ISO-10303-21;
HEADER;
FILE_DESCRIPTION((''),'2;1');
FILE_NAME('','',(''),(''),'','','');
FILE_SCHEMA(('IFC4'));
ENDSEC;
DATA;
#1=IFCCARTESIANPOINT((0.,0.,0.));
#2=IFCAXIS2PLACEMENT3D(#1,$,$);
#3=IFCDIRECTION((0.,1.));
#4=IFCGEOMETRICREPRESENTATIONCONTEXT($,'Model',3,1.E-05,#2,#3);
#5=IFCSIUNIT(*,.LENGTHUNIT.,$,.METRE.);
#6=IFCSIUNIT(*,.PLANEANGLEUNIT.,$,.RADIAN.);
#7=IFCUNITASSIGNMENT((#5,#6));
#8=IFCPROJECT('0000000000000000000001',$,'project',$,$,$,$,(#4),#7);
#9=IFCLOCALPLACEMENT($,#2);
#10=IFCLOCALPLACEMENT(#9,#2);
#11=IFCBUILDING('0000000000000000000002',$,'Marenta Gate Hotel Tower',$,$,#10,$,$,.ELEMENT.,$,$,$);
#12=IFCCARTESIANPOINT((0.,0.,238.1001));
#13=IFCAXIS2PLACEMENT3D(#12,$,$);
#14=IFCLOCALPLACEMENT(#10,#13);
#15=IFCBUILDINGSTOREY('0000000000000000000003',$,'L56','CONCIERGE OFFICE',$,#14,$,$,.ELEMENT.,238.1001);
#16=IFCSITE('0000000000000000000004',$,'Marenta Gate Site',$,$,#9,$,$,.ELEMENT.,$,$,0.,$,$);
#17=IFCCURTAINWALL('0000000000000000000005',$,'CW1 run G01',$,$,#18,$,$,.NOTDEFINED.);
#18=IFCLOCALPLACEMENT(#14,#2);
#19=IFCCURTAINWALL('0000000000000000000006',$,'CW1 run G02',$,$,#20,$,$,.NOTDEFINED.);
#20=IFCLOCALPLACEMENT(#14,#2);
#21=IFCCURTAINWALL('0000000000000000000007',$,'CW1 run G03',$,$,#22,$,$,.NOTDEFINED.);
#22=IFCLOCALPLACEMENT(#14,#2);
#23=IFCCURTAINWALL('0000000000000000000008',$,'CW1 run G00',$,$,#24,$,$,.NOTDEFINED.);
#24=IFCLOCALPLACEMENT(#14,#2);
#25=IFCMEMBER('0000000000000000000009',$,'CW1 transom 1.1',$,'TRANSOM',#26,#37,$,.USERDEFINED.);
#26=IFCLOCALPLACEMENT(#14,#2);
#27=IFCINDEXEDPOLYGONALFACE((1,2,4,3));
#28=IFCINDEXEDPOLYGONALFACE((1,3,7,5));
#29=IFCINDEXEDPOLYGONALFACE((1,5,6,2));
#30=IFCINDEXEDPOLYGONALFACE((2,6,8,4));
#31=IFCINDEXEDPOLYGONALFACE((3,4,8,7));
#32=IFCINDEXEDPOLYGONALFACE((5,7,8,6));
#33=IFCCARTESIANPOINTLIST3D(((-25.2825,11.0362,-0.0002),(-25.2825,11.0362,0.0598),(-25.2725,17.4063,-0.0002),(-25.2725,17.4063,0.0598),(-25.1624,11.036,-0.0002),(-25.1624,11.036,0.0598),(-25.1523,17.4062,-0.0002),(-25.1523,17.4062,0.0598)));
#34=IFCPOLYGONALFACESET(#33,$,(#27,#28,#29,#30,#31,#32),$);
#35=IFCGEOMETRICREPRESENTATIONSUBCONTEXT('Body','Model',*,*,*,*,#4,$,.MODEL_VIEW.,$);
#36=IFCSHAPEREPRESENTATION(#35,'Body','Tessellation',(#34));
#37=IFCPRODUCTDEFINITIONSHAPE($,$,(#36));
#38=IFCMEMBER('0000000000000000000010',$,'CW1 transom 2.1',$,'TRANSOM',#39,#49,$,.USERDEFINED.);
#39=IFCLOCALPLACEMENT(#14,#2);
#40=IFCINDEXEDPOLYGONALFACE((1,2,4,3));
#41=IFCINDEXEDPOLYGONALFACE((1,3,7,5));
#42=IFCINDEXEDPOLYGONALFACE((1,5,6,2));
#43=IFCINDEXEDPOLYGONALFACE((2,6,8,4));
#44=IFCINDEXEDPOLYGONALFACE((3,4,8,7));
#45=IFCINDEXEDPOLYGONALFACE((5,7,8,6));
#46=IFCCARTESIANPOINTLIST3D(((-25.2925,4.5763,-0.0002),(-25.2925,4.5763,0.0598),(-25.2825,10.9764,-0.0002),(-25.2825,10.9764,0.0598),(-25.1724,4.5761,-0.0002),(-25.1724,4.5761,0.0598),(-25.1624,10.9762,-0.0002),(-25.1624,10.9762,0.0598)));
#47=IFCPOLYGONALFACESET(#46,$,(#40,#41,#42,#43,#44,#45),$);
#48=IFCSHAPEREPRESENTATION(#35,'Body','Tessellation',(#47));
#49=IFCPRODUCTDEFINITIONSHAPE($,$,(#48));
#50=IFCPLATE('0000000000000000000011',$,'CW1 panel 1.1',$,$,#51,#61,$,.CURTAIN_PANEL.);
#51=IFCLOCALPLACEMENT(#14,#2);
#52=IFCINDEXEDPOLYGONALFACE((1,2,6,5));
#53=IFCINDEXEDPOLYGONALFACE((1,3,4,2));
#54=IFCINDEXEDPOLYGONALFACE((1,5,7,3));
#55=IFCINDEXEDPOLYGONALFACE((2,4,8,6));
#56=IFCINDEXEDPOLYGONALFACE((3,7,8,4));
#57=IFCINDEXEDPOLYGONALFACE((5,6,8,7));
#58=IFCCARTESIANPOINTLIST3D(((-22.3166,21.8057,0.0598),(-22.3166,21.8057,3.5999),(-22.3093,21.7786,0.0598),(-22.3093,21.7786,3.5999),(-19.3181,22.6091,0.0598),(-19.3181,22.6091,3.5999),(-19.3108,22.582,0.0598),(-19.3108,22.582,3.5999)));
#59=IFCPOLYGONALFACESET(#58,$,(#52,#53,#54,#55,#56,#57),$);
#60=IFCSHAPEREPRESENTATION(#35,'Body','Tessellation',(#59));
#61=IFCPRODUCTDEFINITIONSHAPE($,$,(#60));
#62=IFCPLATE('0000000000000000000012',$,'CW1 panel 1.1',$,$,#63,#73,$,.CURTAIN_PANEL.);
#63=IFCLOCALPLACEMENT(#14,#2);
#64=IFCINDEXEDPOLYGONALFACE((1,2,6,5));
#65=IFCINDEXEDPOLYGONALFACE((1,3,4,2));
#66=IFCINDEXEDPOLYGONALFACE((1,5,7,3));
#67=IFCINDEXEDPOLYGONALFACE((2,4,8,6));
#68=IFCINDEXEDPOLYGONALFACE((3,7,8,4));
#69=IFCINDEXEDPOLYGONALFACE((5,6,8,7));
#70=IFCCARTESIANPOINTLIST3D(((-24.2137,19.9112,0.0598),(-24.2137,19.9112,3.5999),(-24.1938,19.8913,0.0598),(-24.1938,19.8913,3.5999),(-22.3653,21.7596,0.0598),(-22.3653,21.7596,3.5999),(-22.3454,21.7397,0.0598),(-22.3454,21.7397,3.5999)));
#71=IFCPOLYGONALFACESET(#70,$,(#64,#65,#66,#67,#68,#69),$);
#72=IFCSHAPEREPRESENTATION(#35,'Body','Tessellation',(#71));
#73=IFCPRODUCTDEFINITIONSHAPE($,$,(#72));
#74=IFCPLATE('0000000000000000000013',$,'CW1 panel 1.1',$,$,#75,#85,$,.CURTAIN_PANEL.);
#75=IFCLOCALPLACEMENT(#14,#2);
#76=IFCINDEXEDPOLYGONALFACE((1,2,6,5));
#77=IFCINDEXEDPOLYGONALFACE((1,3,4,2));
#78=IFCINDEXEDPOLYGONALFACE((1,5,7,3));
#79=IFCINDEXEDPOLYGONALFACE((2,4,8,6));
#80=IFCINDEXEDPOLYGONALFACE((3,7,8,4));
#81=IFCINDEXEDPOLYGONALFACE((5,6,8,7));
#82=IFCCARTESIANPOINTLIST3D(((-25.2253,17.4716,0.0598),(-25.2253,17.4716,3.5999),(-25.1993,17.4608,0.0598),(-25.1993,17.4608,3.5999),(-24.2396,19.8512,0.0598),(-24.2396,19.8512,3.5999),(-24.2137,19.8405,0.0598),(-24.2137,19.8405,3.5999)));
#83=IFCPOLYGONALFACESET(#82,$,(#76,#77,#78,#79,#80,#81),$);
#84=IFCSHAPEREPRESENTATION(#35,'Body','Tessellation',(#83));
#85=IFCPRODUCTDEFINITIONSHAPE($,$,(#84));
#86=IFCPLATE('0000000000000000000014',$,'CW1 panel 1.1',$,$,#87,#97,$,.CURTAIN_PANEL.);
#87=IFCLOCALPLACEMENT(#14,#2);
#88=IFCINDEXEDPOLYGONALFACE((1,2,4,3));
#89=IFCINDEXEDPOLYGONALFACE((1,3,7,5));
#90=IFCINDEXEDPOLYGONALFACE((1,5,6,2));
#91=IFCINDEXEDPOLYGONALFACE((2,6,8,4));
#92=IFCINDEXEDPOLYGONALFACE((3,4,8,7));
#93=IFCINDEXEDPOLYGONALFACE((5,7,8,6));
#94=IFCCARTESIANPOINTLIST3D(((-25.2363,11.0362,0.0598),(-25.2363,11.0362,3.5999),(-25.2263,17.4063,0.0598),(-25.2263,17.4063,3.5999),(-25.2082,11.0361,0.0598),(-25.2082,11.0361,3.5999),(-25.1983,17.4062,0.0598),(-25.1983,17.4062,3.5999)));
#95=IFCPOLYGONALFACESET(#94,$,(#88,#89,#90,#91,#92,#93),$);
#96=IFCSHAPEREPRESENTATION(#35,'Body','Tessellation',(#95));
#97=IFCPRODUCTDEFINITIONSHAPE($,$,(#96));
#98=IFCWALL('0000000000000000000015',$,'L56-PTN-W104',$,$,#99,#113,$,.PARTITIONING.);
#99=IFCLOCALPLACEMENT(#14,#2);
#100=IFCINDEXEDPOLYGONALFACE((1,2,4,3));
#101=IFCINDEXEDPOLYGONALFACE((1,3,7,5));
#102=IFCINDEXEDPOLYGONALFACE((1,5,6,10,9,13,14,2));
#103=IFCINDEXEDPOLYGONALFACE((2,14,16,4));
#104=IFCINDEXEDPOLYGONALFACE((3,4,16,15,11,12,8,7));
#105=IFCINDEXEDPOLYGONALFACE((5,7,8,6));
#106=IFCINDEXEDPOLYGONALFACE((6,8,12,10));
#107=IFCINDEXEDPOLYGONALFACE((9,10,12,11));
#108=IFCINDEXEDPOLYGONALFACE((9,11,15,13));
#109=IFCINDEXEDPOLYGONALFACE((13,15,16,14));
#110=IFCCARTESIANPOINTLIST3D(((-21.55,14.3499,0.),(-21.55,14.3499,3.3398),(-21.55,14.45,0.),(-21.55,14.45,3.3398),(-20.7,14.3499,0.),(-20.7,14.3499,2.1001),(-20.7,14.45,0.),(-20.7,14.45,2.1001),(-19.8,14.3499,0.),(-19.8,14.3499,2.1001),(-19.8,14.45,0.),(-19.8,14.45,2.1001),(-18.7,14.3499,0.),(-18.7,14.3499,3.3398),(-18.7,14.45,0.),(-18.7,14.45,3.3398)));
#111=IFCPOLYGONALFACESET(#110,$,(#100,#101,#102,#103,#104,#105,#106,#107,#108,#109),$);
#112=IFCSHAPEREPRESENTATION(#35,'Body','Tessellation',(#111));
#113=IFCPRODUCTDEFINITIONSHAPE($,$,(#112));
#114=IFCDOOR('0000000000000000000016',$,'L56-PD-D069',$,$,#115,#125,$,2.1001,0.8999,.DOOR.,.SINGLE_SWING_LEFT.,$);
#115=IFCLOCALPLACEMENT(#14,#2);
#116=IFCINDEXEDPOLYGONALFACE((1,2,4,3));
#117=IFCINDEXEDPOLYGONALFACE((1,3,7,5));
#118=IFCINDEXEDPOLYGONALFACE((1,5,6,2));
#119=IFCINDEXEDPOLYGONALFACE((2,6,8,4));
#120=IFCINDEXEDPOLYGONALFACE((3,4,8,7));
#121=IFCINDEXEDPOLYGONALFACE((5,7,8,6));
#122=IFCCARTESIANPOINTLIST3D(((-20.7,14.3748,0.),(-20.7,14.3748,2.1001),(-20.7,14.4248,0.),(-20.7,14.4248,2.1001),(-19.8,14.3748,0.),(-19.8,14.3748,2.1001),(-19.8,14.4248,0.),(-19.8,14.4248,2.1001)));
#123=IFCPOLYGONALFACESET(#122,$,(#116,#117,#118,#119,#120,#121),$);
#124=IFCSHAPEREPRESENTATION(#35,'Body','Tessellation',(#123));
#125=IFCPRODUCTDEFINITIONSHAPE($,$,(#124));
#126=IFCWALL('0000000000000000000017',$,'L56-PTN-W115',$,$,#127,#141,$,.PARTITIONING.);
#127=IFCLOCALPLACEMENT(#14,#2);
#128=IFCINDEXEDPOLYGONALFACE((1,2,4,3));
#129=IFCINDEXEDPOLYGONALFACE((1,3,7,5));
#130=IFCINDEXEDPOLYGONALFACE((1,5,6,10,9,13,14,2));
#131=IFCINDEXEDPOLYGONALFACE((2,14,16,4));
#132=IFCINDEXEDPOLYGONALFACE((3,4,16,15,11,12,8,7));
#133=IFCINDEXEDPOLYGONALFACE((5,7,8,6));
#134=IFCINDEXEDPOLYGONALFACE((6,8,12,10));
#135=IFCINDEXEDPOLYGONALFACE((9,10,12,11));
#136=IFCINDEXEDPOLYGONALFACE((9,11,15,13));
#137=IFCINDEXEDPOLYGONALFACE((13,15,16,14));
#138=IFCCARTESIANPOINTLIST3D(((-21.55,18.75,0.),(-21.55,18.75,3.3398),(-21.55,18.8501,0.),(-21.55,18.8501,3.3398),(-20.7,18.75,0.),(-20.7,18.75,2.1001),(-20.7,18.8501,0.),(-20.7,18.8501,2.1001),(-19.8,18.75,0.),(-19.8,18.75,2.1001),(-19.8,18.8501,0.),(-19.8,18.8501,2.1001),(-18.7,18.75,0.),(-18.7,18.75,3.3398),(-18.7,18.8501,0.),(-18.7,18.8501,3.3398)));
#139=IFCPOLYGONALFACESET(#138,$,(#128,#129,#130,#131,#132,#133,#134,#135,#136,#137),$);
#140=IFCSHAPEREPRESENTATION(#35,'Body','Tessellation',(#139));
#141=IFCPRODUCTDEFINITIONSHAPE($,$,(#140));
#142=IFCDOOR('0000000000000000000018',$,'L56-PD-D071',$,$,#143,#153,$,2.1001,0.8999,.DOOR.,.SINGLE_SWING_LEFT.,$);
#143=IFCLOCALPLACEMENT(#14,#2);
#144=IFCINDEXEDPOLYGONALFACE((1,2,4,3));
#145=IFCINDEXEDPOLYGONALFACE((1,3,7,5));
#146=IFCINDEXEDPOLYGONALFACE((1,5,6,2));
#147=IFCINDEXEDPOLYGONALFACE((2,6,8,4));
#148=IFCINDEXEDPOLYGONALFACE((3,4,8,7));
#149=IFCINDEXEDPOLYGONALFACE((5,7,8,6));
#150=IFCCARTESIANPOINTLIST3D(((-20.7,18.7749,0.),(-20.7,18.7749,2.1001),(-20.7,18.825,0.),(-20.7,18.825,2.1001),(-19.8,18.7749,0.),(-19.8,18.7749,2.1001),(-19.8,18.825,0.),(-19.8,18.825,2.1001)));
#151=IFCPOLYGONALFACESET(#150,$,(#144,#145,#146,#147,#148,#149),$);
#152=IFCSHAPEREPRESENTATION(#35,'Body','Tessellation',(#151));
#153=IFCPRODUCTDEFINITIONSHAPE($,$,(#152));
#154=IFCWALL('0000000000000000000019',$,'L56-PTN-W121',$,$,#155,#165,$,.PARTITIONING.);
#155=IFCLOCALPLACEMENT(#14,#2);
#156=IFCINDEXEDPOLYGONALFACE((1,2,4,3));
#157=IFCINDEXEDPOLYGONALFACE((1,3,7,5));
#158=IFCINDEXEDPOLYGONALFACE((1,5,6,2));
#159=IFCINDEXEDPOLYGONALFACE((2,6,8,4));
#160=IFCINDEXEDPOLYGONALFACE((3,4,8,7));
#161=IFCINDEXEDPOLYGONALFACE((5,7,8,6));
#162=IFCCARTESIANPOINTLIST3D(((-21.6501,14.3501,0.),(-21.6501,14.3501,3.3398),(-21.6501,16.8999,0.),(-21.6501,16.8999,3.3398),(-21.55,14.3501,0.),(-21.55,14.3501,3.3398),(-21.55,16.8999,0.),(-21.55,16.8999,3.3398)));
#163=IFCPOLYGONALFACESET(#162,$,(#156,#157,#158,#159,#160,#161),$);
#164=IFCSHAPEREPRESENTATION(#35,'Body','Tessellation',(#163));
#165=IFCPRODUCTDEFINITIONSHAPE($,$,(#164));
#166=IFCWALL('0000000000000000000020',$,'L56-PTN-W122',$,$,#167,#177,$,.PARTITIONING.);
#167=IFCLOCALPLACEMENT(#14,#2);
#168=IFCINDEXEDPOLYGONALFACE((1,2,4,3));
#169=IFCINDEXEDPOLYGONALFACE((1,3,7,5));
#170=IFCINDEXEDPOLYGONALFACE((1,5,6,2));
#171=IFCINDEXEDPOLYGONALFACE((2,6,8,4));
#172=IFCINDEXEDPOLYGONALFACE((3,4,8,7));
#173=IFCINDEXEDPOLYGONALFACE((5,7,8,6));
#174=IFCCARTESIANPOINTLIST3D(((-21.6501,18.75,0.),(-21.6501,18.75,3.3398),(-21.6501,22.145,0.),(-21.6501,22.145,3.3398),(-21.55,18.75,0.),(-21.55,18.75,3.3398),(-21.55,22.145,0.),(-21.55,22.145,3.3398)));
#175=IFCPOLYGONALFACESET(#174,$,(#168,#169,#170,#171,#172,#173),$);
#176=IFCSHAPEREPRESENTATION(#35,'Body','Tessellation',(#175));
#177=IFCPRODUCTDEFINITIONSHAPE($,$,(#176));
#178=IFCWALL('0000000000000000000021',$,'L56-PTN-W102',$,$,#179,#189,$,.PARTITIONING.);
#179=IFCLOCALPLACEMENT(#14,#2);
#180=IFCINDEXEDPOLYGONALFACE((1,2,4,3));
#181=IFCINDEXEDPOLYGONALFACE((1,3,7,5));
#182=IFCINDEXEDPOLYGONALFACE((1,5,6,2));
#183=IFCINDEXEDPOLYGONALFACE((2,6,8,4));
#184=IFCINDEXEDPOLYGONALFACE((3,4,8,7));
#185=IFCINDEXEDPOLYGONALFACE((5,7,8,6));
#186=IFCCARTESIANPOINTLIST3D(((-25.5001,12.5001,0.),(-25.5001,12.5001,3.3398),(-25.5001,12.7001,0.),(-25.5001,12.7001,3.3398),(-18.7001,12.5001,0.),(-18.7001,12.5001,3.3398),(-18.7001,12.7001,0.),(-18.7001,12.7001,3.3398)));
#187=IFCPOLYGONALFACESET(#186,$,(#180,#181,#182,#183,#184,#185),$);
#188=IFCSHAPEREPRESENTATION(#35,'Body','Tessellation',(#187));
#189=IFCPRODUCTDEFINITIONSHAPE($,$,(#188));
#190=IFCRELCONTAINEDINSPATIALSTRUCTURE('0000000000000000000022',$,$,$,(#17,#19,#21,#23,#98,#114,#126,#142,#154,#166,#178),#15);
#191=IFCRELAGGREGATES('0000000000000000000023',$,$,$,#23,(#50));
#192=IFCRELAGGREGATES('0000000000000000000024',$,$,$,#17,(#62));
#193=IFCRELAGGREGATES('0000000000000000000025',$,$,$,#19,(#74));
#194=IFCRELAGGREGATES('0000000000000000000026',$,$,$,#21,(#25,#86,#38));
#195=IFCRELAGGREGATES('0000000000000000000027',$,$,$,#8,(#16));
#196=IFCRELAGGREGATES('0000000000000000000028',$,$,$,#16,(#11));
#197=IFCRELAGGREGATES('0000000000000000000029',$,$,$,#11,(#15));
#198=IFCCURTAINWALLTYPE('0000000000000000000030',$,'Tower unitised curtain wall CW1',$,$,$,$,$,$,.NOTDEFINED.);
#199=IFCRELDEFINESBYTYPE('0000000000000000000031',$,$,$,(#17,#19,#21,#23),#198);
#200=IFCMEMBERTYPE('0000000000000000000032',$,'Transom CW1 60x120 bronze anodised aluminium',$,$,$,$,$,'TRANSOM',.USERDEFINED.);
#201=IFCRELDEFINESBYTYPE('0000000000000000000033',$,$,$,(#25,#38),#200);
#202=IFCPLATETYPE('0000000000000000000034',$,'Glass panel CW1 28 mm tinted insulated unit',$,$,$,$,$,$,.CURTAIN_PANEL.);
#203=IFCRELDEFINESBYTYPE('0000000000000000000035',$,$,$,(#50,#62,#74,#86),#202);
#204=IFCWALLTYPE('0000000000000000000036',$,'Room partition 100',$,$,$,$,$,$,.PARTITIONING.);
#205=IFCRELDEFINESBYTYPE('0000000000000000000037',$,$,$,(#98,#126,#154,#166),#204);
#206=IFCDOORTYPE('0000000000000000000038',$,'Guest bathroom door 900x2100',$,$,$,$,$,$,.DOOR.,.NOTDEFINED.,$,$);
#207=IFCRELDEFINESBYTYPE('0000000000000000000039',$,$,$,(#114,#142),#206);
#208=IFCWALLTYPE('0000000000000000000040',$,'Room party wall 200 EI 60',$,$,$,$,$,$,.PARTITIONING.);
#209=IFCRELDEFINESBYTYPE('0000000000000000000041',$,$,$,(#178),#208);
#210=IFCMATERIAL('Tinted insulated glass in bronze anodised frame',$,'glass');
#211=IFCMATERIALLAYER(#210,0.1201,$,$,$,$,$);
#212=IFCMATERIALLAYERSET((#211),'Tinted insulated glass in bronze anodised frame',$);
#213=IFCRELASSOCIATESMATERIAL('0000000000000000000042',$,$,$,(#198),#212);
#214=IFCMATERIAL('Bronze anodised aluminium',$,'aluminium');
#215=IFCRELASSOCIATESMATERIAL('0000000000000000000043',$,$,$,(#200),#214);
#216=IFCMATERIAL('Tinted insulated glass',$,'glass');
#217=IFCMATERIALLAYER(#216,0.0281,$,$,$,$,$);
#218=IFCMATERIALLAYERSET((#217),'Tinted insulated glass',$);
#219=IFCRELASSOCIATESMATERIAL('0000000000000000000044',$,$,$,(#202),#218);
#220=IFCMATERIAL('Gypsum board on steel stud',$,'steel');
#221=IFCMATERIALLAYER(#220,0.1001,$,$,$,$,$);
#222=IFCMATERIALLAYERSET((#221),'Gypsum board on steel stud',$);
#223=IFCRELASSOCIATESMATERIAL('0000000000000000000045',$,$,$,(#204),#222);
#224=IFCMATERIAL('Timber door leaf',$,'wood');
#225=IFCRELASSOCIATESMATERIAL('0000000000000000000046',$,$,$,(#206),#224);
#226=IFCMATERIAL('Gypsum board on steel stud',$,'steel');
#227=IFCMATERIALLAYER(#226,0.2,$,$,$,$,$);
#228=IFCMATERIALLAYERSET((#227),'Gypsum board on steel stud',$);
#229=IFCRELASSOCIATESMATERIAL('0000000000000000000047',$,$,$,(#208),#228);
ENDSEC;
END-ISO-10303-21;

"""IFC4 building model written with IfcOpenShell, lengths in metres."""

from ifc_helpers import new_model, si_unit, direction, frame, frame_2d, origin, origin_2d, place, context, subcontext, project, spatial, rectangle, extrude, material, layer, layer_set, material_profile, profile_set, type_object, element, fill, aggregate, save


model = new_model("IFC4")

# Units and contexts
model_context = context("Model", 3, precision=1e-05, world=origin(), true_north=direction((0.0, 1.0)))
body_context = subcontext(model_context, "Body", "Model", "MODEL_VIEW")
ifc_project = project(units=[si_unit("LENGTHUNIT", "METRE"), si_unit("PLANEANGLEUNIT", "RADIAN")], contexts=[model_context])

# Site, building, storey
site_placement = place(None, origin())
site = spatial("IfcSite", under=ifc_project, at=site_placement, Name="Marenta Gate Site", CompositionType="ELEMENT", RefElevation=0.0)
building_placement = place(site_placement, origin())
building = spatial("IfcBuilding", under=site, at=building_placement, Name="Marenta Gate Hotel Tower", CompositionType="ELEMENT")
storey_placement = place(building_placement, frame((0.0, 0.0, 238.1001)))
storey = spatial("IfcBuildingStorey", under=building, at=storey_placement, Name="L56", Description="CONCIERGE OFFICE", CompositionType="ELEMENT", Elevation=238.1001)

# Curtain walls
ifc_material_1 = material(Name="Tinted insulated glass in bronze anodised frame", Category="glass")
ifc_layer_1 = layer(ifc_material_1, 0.1201)
ifc_layer_set_1 = layer_set([ifc_layer_1], Name="Tinted insulated glass in bronze anodised frame")
curtain_wall_type = type_object("IfcCurtainWallType", Name="Tower unitised curtain wall CW1", PredefinedType="NOTDEFINED", material=ifc_layer_set_1)
curtain_wall_1_placement = place(storey_placement, origin())
curtain_wall_1 = element("IfcCurtainWall", 1, at=curtain_wall_1_placement, inside=storey, type_object=curtain_wall_type, Name="CW1 run G01", PredefinedType="NOTDEFINED")
curtain_wall_2_placement = place(storey_placement, origin())
curtain_wall_2 = element("IfcCurtainWall", 2, at=curtain_wall_2_placement, inside=storey, type_object=curtain_wall_type, Name="CW1 run G02", PredefinedType="NOTDEFINED")

# Curtain wall
curtain_wall_3_placement = place(storey_placement, origin())
curtain_wall_3 = element("IfcCurtainWall", 3, at=curtain_wall_3_placement, inside=storey, type_object=curtain_wall_type, Name="CW1 run G03", PredefinedType="NOTDEFINED")

# Curtain wall
curtain_wall_4_placement = place(storey_placement, origin())
curtain_wall_4 = element("IfcCurtainWall", 4, at=curtain_wall_4_placement, inside=storey, type_object=curtain_wall_type, Name="CW1 run G00", PredefinedType="NOTDEFINED")
ifc_material_2 = material(Name="Bronze anodised aluminium", Category="aluminium")
ifc_material_profile_1 = material_profile(ifc_material_2, rectangle(XDim=0.1201, YDim=0.0601, at=origin_2d()), Name="Transom CW1 60x120 bronze anodised aluminium")
ifc_profile_set_1 = profile_set([ifc_material_profile_1], Name="Bronze anodised aluminium")
member_type_1 = type_object("IfcMemberType", Name="Transom CW1 60x120 bronze anodised aluminium", ElementType="TRANSOM", PredefinedType="USERDEFINED", material=ifc_profile_set_1)

# Members
member_1_placement = place(storey_placement, frame((-25.2124, 17.4062, 0.0298), z_axis=(-0.001571, -0.999999, 0.0), x_axis=(0.999999, -0.001571, 0.0)))
member_1 = element("IfcMember", 5, at=member_1_placement, type_object=member_type_1, Name="CW1 transom 1.1", ObjectType="TRANSOM", PredefinedType="USERDEFINED", context=body_context, shape_type="SweptSolid", body=[
    extrude(rectangle(XDim=0.1201, YDim=0.0601, at=origin_2d()), origin(), (0.0, 0.0, 1.0), 6.3701),
])
member_2_placement = place(storey_placement, frame((-25.2224, 10.9763, 0.0298), z_axis=(-0.001564, -0.999999, 0.0), x_axis=(0.999999, -0.001564, 0.0)))
member_2 = element("IfcMember", 6, at=member_2_placement, type_object=member_type_1, Name="CW1 transom 2.1", ObjectType="TRANSOM", PredefinedType="USERDEFINED", context=body_context, shape_type="SweptSolid", body=[
    extrude(rectangle(XDim=0.1201, YDim=0.0601, at=origin_2d()), origin(), (0.0, 0.0, 1.0), 6.4001),
])

# Plates
ifc_material_3 = material(Name="Tinted insulated glass", Category="glass")
ifc_layer_2 = layer(ifc_material_3, 0.0281)
ifc_layer_set_2 = layer_set([ifc_layer_2], Name="Tinted insulated glass")
plate_type = type_object("IfcPlateType", Name="Glass panel CW1 28 mm tinted insulated unit", PredefinedType="CURTAIN_PANEL", material=ifc_layer_set_2)
plate_1_placement = place(storey_placement, frame((-20.8137, 22.1938, 0.0598), z_axis=(0.0, 0.0, 1.0), x_axis=(-0.965931, -0.258801, 0.0)))
plate_1 = element("IfcPlate", 7, at=plate_1_placement, type_object=plate_type, Name="CW1 panel 1.1", PredefinedType="CURTAIN_PANEL", context=body_context, shape_type="SweptSolid", body=[
    extrude(rectangle(XDim=3.1042, YDim=0.0281, at=origin_2d()), origin(), (0.0, 0.0, 1.0), 3.54),
])
aggregate(curtain_wall_4, [plate_1])
plate_2_placement = place(storey_placement, frame((-23.2795, 20.8254, 0.0598), z_axis=(0.0, 0.0, 1.0), x_axis=(-0.707107, -0.707107, 0.0)))
plate_2 = element("IfcPlate", 8, at=plate_2_placement, type_object=plate_type, Name="CW1 panel 1.1", PredefinedType="CURTAIN_PANEL", context=body_context, shape_type="SweptSolid", body=[
    extrude(rectangle(XDim=2.614, YDim=0.0281, at=origin_2d()), origin(), (0.0, 0.0, 1.0), 3.54),
])
aggregate(curtain_wall_1, [plate_2])
plate_3_placement = place(storey_placement, frame((-24.7195, 18.656, 0.0598), z_axis=(0.0, 0.0, 1.0), x_axis=(-0.382667, -0.923886, 0.0)))
plate_3 = element("IfcPlate", 9, at=plate_3_placement, type_object=plate_type, Name="CW1 panel 1.1", PredefinedType="CURTAIN_PANEL", context=body_context, shape_type="SweptSolid", body=[
    extrude(rectangle(XDim=2.5757, YDim=0.0281, at=origin_2d()), origin(), (0.0, 0.0, 1.0), 3.54),
])
aggregate(curtain_wall_2, [plate_3])
plate_4_placement = place(storey_placement, frame((-25.2173, 14.2212, 0.0598), z_axis=(0.0, 0.0, 1.0), x_axis=(-0.001566, -0.999999, 0.0)))
plate_4 = element("IfcPlate", 10, at=plate_4_placement, type_object=plate_type, Name="CW1 panel 1.1", PredefinedType="CURTAIN_PANEL", context=body_context, shape_type="SweptSolid", body=[
    extrude(rectangle(XDim=6.3701, YDim=0.0281, at=origin_2d()), origin(), (0.0, 0.0, 1.0), 3.54),
])
aggregate(curtain_wall_3, [member_1, plate_4, member_2])

# Walls, openings, doors
ifc_material_4 = material(Name="Gypsum board on steel stud", Category="steel")
ifc_layer_3 = layer(ifc_material_4, 0.1001)
ifc_layer_set_3 = layer_set([ifc_layer_3], Name="Gypsum board on steel stud")
wall_type_1 = type_object("IfcWallType", Name="Room partition 100", PredefinedType="PARTITIONING", material=ifc_layer_set_3)
wall_1_placement = place(storey_placement, frame((-21.55, 14.3999, 0.0), z_axis=(0.0, 0.0, 1.0), x_axis=(1.0, 0.0, 0.0)))
wall_1 = element("IfcWall", 11, at=wall_1_placement, inside=storey, type_object=wall_type_1, Name="L56-PTN-W104", PredefinedType="PARTITIONING", context=body_context, shape_type="SweptSolid", body=[
    extrude(rectangle(XDim=2.8501, YDim=0.1001, at=frame_2d((1.425, 0.0))), origin(), (0.0, 0.0, 1.0), 3.3398),
])
opening_1_placement = place(wall_1_placement, frame((0.8501, 0.0, 0.0)))
opening_1 = element("IfcOpeningElement", 12, at=opening_1_placement, cuts=wall_1, PredefinedType="OPENING", context=body_context, shape_type="SweptSolid", body=[
    extrude(rectangle(XDim=0.8999, YDim=2.1001, at=frame_2d((0.45, 1.05))), frame((0.0, 0.05, 0.0), z_axis=(0.0, -1.0, 0.0), x_axis=(1.0, 0.0, 0.0)), (0.0, 0.0, 1.0), 0.1001),
])
ifc_material_5 = material(Name="Timber door leaf", Category="wood")
door_type = type_object("IfcDoorType", Name="Guest bathroom door 900x2100", OperationType="NOTDEFINED", PredefinedType="DOOR", material=ifc_material_5)
door_1_placement = place(opening_1_placement, origin())
door_1 = element("IfcDoor", 13, at=door_1_placement, inside=storey, type_object=door_type, Name="L56-PD-D069", OperationType="SINGLE_SWING_LEFT", OverallHeight=2.1001, OverallWidth=0.8999, PredefinedType="DOOR", context=body_context, shape_type="SweptSolid", body=[
    extrude(rectangle(XDim=0.8999, YDim=2.1001, at=frame_2d((0.45, 1.05))), frame((0.0, 0.0249, 0.0), z_axis=(0.0, -1.0, 0.0), x_axis=(1.0, 0.0, 0.0)), (0.0, 0.0, 1.0), 0.05),
])
fill(opening_1, door_1)
wall_2_placement = place(storey_placement, frame((-21.55, 18.8, 0.0), z_axis=(0.0, 0.0, 1.0), x_axis=(1.0, 0.0, 0.0)))
wall_2 = element("IfcWall", 14, at=wall_2_placement, inside=storey, type_object=wall_type_1, Name="L56-PTN-W115", PredefinedType="PARTITIONING", context=body_context, shape_type="SweptSolid", body=[
    extrude(rectangle(XDim=2.8501, YDim=0.1001, at=frame_2d((1.425, 0.0))), origin(), (0.0, 0.0, 1.0), 3.3398),
])
opening_2_placement = place(wall_2_placement, frame((0.8501, 0.0, 0.0)))
opening_2 = element("IfcOpeningElement", 15, at=opening_2_placement, cuts=wall_2, PredefinedType="OPENING", context=body_context, shape_type="SweptSolid", body=[
    extrude(rectangle(XDim=0.8999, YDim=2.1001, at=frame_2d((0.45, 1.05))), frame((0.0, 0.05, 0.0), z_axis=(0.0, -1.0, 0.0), x_axis=(1.0, 0.0, 0.0)), (0.0, 0.0, 1.0), 0.1001),
])
door_2_placement = place(opening_2_placement, origin())
door_2 = element("IfcDoor", 16, at=door_2_placement, inside=storey, type_object=door_type, Name="L56-PD-D071", OperationType="SINGLE_SWING_LEFT", OverallHeight=2.1001, OverallWidth=0.8999, PredefinedType="DOOR", context=body_context, shape_type="SweptSolid", body=[
    extrude(rectangle(XDim=0.8999, YDim=2.1001, at=frame_2d((0.45, 1.05))), frame((0.0, 0.0249, 0.0), z_axis=(0.0, -1.0, 0.0), x_axis=(1.0, 0.0, 0.0)), (0.0, 0.0, 1.0), 0.05),
])
fill(opening_2, door_2)

# Walls
wall_3_placement = place(storey_placement, frame((-21.6001, 14.3501, 0.0), z_axis=(0.0, 0.0, 1.0), x_axis=(0.0, 1.0, 0.0)))
element("IfcWall", 17, at=wall_3_placement, inside=storey, type_object=wall_type_1, Name="L56-PTN-W121", PredefinedType="PARTITIONING", context=body_context, shape_type="SweptSolid", body=[
    extrude(rectangle(XDim=2.5498, YDim=0.1001, at=frame_2d((1.2749, 0.0))), origin(), (0.0, 0.0, 1.0), 3.3398),
])
wall_4_placement = place(storey_placement, frame((-21.6001, 18.75, 0.0), z_axis=(0.0, 0.0, 1.0), x_axis=(0.0, 1.0, 0.0)))
element("IfcWall", 18, at=wall_4_placement, inside=storey, type_object=wall_type_1, Name="L56-PTN-W122", PredefinedType="PARTITIONING", context=body_context, shape_type="SweptSolid", body=[
    extrude(rectangle(XDim=3.395, YDim=0.1001, at=frame_2d((1.6975, 0.0))), origin(), (0.0, 0.0, 1.0), 3.3398),
])
ifc_material_6 = material(Name="Gypsum board on steel stud", Category="steel")
ifc_layer_4 = layer(ifc_material_6, 0.2)
ifc_layer_set_4 = layer_set([ifc_layer_4], Name="Gypsum board on steel stud")
wall_type_2 = type_object("IfcWallType", Name="Room party wall 200 EI 60", PredefinedType="PARTITIONING", material=ifc_layer_set_4)
wall_5_placement = place(storey_placement, frame((-25.5, 12.6001, 0.0), z_axis=(0.0, 0.0, 1.0), x_axis=(1.0, 0.0, 0.0)))
element("IfcWall", 19, at=wall_5_placement, inside=storey, type_object=wall_type_2, Name="L56-PTN-W102", PredefinedType="PARTITIONING", context=body_context, shape_type="SweptSolid", body=[
    extrude(rectangle(XDim=6.8, YDim=0.2, at=frame_2d((3.3999, 0.0))), origin(), (0.0, 0.0, 1.0), 3.3398),
])

save(model, "model.ifc")
